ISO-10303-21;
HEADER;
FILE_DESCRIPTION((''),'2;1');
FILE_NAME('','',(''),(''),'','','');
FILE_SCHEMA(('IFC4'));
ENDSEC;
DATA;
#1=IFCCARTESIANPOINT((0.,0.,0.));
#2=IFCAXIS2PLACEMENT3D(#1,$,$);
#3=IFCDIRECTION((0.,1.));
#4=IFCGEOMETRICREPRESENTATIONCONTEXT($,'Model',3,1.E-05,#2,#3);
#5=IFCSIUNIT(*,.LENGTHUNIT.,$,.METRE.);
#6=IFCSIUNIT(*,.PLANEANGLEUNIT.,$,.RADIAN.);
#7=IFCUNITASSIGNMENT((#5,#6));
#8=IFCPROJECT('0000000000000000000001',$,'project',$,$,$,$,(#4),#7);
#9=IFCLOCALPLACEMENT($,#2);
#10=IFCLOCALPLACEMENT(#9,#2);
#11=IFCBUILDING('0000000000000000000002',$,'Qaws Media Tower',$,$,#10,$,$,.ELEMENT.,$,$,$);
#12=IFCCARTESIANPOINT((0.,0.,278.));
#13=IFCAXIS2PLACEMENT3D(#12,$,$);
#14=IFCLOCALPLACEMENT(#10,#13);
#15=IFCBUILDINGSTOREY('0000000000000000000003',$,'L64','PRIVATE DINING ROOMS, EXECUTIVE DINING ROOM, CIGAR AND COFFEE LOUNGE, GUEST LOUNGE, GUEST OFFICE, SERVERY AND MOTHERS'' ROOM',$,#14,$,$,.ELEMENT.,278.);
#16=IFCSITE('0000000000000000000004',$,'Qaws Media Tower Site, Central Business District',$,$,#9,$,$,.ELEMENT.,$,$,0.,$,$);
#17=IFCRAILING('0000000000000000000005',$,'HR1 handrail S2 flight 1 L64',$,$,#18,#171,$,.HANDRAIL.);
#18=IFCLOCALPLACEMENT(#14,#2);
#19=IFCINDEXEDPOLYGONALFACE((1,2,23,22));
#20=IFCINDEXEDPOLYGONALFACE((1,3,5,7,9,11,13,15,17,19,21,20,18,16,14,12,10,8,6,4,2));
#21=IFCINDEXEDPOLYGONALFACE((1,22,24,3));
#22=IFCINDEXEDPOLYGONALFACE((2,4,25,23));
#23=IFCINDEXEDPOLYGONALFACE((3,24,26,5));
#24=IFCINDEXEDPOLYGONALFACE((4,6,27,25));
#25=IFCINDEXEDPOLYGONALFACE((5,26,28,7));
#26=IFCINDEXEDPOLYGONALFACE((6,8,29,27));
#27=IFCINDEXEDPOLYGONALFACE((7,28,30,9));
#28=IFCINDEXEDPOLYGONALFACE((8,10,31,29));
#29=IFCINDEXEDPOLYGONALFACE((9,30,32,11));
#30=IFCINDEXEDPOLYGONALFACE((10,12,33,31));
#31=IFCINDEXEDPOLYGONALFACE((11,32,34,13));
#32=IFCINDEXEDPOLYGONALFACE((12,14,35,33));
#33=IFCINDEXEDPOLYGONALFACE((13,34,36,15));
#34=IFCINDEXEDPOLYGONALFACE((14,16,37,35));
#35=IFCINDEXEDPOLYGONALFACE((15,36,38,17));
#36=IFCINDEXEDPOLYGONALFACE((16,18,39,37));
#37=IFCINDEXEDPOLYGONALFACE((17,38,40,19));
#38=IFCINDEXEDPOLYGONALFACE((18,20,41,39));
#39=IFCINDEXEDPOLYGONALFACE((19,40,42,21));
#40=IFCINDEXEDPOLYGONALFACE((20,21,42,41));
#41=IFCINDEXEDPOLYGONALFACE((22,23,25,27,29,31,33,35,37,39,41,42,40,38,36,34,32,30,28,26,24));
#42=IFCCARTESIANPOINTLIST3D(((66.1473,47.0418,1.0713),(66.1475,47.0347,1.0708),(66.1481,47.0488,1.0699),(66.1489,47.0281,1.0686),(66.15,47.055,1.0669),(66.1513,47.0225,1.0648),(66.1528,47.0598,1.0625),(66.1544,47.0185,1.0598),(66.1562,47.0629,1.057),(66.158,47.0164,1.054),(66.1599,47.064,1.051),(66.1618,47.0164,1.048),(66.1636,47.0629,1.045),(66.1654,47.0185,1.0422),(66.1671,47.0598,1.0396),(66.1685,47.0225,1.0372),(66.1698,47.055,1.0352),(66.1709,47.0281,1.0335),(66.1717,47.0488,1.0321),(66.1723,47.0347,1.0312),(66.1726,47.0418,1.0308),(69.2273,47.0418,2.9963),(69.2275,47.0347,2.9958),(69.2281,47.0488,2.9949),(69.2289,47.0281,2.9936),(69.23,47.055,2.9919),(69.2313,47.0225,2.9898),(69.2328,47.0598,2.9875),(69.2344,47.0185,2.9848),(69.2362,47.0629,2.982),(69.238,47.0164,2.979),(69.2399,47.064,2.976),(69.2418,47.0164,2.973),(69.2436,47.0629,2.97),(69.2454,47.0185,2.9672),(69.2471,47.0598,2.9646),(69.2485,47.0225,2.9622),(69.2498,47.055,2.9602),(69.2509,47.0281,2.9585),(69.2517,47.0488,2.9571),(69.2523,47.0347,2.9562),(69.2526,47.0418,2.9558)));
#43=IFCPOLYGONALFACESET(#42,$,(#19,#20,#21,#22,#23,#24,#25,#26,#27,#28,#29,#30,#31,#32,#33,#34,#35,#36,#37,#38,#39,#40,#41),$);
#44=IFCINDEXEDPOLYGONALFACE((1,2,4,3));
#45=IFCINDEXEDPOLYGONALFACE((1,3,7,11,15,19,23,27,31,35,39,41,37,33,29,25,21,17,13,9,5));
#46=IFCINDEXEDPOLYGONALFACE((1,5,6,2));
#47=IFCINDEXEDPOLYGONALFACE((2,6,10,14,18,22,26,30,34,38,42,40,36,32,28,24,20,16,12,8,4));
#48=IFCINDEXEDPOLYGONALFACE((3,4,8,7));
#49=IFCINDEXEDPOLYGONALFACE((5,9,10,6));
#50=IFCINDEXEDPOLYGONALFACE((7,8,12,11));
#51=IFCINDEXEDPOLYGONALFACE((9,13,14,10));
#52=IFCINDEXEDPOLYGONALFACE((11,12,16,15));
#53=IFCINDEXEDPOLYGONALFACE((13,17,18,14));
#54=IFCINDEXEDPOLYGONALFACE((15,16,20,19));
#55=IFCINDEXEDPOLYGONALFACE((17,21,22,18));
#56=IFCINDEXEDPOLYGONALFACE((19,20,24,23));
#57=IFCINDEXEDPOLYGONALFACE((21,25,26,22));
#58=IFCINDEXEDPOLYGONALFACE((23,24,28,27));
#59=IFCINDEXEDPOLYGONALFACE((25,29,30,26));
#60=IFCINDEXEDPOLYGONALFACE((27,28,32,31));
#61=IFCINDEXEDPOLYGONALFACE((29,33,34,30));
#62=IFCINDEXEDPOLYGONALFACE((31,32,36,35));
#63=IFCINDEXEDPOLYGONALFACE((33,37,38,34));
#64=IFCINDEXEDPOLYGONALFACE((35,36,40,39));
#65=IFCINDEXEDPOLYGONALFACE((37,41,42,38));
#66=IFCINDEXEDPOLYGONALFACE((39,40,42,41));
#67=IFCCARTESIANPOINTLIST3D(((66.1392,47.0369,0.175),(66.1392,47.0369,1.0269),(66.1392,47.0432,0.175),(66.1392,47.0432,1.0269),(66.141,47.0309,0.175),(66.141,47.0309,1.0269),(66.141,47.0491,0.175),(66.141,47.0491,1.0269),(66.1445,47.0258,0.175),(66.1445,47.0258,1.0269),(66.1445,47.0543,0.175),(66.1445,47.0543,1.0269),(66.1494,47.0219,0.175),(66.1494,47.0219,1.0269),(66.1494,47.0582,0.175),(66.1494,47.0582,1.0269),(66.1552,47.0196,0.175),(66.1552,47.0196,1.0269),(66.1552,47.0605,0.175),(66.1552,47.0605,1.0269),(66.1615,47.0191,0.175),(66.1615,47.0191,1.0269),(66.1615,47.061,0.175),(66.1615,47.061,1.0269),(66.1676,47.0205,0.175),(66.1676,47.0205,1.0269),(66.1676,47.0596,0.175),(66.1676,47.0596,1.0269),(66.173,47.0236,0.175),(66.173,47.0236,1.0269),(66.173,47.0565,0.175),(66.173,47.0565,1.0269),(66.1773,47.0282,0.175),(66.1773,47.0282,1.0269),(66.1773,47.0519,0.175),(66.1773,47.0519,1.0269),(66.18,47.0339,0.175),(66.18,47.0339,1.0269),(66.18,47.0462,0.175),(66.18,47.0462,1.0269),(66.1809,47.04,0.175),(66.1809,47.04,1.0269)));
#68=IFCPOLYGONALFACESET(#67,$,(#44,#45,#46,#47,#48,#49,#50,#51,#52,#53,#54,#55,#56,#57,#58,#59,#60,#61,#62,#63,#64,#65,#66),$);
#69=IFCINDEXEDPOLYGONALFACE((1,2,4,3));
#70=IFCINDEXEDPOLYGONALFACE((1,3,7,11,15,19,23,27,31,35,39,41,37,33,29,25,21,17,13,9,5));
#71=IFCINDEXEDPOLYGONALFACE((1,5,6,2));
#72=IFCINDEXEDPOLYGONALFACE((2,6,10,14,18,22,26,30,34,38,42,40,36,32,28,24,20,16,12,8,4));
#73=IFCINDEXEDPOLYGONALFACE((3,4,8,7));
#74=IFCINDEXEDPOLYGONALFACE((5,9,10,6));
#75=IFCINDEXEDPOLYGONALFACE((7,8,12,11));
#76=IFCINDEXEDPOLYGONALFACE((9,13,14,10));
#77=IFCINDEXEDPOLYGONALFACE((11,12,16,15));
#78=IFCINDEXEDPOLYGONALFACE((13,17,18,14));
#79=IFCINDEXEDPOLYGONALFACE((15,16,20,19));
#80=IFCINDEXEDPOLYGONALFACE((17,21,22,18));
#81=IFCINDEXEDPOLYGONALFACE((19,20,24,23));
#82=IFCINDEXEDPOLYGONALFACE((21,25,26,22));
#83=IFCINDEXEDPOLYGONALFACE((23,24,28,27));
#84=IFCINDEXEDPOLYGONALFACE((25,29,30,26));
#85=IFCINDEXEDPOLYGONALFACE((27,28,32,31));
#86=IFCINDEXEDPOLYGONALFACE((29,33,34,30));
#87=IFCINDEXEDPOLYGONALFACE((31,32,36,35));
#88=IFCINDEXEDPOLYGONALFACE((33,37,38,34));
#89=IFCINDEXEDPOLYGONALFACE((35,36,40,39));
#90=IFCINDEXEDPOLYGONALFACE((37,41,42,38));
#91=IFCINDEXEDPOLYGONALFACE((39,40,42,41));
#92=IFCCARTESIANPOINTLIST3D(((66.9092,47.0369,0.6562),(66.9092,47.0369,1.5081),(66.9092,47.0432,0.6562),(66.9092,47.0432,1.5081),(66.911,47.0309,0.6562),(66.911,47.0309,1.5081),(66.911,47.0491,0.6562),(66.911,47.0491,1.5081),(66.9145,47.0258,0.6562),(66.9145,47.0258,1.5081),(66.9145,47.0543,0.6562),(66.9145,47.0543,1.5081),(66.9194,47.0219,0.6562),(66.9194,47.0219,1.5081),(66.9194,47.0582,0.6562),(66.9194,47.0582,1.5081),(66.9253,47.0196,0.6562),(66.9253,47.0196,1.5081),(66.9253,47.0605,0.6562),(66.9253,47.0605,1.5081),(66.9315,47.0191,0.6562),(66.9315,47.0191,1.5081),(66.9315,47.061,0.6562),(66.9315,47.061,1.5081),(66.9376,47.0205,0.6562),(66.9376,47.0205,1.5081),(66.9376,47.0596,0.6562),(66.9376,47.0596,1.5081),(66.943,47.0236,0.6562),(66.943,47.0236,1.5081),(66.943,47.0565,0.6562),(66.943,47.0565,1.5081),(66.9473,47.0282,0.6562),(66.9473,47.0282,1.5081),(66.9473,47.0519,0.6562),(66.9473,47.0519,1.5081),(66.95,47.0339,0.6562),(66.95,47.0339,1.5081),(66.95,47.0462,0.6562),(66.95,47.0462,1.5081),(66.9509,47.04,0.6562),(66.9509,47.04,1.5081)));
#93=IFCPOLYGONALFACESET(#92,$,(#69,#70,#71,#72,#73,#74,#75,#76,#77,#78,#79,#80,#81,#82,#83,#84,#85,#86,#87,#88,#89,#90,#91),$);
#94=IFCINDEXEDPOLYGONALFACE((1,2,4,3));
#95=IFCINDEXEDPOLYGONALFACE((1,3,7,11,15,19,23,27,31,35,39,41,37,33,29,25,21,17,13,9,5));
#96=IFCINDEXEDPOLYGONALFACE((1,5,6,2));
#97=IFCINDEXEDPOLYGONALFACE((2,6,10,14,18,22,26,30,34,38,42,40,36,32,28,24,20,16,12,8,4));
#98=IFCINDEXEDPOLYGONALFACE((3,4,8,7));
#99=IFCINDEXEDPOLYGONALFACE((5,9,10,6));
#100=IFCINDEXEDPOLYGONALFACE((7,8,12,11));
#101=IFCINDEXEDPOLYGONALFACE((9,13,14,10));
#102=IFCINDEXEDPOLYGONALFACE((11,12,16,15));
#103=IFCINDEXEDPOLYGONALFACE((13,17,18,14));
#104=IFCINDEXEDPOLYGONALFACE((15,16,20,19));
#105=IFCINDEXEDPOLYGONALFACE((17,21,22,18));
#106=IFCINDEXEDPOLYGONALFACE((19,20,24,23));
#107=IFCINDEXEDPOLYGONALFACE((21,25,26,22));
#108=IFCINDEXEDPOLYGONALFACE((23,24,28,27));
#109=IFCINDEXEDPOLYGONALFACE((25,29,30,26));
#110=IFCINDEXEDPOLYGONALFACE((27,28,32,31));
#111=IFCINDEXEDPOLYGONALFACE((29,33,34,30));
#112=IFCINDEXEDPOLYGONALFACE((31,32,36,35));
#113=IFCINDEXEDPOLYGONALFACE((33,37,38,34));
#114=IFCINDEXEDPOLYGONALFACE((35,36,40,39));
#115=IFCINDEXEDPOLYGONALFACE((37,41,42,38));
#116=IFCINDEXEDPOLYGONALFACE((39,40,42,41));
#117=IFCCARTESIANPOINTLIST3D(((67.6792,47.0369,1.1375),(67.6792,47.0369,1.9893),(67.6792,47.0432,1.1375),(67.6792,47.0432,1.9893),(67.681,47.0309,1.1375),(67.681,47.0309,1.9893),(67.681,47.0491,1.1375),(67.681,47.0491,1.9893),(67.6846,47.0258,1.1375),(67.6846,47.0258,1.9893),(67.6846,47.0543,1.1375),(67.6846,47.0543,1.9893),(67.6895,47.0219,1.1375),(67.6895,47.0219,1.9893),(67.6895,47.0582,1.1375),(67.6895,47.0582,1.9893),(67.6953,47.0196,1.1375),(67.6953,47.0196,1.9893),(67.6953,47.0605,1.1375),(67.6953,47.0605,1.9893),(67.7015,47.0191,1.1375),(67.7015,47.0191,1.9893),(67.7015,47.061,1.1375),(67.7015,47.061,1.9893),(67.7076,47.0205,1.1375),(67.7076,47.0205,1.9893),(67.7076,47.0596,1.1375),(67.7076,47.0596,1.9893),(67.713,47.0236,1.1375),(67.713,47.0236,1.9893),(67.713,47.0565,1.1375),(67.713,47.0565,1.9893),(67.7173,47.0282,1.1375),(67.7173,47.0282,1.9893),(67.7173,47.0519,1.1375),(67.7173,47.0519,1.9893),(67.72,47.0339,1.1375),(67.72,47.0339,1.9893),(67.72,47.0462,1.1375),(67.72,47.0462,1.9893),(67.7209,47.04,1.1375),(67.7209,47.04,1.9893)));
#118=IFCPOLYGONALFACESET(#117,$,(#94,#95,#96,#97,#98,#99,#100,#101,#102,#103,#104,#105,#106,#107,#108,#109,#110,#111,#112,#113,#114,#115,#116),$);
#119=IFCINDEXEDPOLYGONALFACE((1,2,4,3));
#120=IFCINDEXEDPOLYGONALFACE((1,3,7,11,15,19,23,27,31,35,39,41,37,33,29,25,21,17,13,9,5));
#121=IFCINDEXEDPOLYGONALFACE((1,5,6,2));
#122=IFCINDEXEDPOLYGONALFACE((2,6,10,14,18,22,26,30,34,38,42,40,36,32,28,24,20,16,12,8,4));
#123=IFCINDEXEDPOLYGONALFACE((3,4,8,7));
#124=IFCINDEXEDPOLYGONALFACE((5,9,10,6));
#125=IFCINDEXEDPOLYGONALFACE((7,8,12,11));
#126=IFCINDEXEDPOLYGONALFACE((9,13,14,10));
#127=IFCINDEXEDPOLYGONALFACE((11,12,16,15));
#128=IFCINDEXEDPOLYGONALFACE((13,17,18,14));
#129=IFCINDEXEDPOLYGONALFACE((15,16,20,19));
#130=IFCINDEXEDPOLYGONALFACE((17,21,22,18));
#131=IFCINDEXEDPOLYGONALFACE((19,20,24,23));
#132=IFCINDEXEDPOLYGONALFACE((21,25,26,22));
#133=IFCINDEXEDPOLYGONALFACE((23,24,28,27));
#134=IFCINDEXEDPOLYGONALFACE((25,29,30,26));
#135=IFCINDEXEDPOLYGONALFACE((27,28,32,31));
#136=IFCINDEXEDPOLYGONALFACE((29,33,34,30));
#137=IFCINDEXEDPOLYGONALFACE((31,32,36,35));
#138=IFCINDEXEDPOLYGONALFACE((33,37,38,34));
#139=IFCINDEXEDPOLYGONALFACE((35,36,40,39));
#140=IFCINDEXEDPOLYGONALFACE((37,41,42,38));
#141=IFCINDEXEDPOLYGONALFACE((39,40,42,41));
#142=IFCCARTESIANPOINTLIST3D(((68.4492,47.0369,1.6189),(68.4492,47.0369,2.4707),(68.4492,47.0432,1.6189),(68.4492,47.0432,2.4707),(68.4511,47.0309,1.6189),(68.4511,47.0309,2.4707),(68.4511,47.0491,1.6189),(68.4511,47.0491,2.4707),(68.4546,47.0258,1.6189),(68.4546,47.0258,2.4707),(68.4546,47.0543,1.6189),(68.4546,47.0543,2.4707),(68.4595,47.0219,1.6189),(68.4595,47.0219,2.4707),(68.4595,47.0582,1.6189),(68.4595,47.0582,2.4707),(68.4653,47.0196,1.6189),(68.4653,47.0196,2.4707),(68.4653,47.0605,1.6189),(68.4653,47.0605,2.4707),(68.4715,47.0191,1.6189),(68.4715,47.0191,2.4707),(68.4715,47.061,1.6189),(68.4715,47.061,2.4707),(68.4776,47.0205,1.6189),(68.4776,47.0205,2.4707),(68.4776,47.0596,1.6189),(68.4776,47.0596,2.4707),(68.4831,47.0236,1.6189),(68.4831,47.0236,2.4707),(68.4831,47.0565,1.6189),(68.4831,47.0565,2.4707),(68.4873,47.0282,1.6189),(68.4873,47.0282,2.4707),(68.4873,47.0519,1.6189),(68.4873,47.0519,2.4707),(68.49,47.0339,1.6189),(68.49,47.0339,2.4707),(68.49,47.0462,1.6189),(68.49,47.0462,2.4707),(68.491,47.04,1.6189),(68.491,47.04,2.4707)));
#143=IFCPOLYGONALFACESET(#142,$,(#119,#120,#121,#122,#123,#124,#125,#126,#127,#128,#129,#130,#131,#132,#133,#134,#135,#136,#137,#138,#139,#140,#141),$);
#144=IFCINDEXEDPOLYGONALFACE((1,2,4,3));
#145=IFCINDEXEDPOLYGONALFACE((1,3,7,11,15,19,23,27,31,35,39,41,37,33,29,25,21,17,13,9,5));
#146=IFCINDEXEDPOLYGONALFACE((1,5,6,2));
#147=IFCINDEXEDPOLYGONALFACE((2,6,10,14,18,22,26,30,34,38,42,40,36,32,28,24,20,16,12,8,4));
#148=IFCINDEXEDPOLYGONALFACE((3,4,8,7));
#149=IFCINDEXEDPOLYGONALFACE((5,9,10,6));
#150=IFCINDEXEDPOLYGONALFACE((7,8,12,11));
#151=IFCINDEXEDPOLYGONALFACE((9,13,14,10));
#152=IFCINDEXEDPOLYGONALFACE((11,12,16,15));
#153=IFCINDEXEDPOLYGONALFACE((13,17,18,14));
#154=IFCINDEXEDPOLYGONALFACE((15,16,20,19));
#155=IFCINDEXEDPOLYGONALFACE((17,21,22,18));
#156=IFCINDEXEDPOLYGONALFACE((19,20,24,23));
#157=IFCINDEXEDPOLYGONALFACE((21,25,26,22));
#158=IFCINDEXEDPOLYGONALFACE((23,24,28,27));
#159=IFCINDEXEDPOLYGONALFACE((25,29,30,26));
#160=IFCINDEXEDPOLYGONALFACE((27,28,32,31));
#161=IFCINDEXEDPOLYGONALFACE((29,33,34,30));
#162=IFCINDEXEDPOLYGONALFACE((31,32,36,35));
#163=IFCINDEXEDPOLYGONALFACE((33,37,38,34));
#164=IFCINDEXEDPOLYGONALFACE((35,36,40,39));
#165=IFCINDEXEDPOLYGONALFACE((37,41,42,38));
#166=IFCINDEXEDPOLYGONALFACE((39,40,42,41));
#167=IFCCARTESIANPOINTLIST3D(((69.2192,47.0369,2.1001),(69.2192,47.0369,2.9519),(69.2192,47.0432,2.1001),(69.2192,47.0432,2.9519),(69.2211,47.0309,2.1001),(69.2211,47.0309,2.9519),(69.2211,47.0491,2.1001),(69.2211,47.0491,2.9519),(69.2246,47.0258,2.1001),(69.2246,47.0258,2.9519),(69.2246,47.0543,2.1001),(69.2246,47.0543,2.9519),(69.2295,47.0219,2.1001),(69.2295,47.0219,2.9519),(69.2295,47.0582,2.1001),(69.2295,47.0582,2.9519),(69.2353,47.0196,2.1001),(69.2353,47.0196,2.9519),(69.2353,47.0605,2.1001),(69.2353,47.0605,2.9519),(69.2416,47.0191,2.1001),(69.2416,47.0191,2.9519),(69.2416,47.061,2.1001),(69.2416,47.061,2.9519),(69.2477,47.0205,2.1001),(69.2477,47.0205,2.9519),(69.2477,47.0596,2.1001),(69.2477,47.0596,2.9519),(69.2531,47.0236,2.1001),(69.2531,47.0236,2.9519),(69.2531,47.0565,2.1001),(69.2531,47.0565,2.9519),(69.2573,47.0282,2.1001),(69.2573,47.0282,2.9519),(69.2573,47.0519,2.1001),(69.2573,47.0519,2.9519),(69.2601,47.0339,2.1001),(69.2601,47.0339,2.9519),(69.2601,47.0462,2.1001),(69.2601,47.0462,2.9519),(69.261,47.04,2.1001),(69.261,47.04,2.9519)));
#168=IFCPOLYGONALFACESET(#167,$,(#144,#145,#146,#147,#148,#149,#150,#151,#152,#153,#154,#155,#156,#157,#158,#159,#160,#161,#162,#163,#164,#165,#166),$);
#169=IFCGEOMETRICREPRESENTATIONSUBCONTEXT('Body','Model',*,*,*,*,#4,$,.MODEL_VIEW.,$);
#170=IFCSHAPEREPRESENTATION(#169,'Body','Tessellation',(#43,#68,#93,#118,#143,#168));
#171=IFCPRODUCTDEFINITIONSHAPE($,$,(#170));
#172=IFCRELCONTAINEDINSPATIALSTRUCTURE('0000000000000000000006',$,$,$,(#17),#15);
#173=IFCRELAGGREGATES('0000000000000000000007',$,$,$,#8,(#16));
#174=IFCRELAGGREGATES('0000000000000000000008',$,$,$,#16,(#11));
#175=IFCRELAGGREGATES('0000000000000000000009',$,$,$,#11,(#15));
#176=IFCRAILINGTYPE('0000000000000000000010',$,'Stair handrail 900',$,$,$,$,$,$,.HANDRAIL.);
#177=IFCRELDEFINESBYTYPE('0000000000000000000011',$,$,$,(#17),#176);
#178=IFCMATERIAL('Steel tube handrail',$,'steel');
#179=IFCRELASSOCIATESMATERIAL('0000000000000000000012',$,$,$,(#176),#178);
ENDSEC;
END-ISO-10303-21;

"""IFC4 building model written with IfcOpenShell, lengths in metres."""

from ifc_helpers import new_model, si_unit, direction, frame, origin, origin_2d, place, context, subcontext, project, spatial, circle, extrude, material, type_object, element, save


model = new_model("IFC4")

# Units and contexts
model_context = context("Model", 3, precision=1e-05, world=origin(), true_north=direction((0.0, 1.0)))
body_context = subcontext(model_context, "Body", "Model", "MODEL_VIEW")
ifc_project = project(units=[si_unit("LENGTHUNIT", "METRE"), si_unit("PLANEANGLEUNIT", "RADIAN")], contexts=[model_context])

# Site, building, storey
site_placement = place(None, origin())
site = spatial("IfcSite", under=ifc_project, at=site_placement, Name="Qaws Media Tower Site, Central Business District", CompositionType="ELEMENT", RefElevation=0.0)
building_placement = place(site_placement, origin())
building = spatial("IfcBuilding", under=site, at=building_placement, Name="Qaws Media Tower", CompositionType="ELEMENT")
storey_placement = place(building_placement, frame((0.0, 0.0, 278.0)))
storey = spatial("IfcBuildingStorey", under=building, at=storey_placement, Name="L64", Description="PRIVATE DINING ROOMS, EXECUTIVE DINING ROOM, CIGAR AND COFFEE LOUNGE, GUEST LOUNGE, GUEST OFFICE, SERVERY AND MOTHERS' ROOM", CompositionType="ELEMENT", Elevation=278.0)

# Railing
ifc_material_1 = material(Name="Steel tube handrail", Category="steel")
railing_type = type_object("IfcRailingType", Name="Stair handrail 900", PredefinedType="HANDRAIL", material=ifc_material_1)
for number, where, name in (
    (1, (66.1599, 47.04, 0.175), "HR1 handrail S2 flight 1 L64"),
):
    element("IfcRailing", number, at=place(storey_placement, frame(where)), inside=storey, type_object=railing_type, Name=name, PredefinedType="HANDRAIL", context=body_context, shape_type="SweptSolid", body=[
        extrude(circle(Radius=0.0239, at=origin_2d()), frame((0.0, 0.0, 0.876), z_axis=(0.847998, 0.0, 0.529999), x_axis=(0.0, 1.0, 0.0)), (0.0, 0.0, 1.0), 3.6321),
        extrude(circle(Radius=0.021, at=origin_2d()), origin(), (0.0, 0.0, 1.0), 0.8518),
        extrude(circle(Radius=0.021, at=origin_2d()), frame((0.77, 0.0, 0.4812)), (0.0, 0.0, 1.0), 0.8518),
        extrude(circle(Radius=0.021, at=origin_2d()), frame((1.54, 0.0, 0.9624)), (0.0, 0.0, 1.0), 0.8518),
        extrude(circle(Radius=0.021, at=origin_2d()), frame((2.3101, 0.0, 1.4438)), (0.0, 0.0, 1.0), 0.8518),
        extrude(circle(Radius=0.021, at=origin_2d()), frame((3.0801, 0.0, 1.925)), (0.0, 0.0, 1.0), 0.8518),
    ])

save(model, "model.ifc")
